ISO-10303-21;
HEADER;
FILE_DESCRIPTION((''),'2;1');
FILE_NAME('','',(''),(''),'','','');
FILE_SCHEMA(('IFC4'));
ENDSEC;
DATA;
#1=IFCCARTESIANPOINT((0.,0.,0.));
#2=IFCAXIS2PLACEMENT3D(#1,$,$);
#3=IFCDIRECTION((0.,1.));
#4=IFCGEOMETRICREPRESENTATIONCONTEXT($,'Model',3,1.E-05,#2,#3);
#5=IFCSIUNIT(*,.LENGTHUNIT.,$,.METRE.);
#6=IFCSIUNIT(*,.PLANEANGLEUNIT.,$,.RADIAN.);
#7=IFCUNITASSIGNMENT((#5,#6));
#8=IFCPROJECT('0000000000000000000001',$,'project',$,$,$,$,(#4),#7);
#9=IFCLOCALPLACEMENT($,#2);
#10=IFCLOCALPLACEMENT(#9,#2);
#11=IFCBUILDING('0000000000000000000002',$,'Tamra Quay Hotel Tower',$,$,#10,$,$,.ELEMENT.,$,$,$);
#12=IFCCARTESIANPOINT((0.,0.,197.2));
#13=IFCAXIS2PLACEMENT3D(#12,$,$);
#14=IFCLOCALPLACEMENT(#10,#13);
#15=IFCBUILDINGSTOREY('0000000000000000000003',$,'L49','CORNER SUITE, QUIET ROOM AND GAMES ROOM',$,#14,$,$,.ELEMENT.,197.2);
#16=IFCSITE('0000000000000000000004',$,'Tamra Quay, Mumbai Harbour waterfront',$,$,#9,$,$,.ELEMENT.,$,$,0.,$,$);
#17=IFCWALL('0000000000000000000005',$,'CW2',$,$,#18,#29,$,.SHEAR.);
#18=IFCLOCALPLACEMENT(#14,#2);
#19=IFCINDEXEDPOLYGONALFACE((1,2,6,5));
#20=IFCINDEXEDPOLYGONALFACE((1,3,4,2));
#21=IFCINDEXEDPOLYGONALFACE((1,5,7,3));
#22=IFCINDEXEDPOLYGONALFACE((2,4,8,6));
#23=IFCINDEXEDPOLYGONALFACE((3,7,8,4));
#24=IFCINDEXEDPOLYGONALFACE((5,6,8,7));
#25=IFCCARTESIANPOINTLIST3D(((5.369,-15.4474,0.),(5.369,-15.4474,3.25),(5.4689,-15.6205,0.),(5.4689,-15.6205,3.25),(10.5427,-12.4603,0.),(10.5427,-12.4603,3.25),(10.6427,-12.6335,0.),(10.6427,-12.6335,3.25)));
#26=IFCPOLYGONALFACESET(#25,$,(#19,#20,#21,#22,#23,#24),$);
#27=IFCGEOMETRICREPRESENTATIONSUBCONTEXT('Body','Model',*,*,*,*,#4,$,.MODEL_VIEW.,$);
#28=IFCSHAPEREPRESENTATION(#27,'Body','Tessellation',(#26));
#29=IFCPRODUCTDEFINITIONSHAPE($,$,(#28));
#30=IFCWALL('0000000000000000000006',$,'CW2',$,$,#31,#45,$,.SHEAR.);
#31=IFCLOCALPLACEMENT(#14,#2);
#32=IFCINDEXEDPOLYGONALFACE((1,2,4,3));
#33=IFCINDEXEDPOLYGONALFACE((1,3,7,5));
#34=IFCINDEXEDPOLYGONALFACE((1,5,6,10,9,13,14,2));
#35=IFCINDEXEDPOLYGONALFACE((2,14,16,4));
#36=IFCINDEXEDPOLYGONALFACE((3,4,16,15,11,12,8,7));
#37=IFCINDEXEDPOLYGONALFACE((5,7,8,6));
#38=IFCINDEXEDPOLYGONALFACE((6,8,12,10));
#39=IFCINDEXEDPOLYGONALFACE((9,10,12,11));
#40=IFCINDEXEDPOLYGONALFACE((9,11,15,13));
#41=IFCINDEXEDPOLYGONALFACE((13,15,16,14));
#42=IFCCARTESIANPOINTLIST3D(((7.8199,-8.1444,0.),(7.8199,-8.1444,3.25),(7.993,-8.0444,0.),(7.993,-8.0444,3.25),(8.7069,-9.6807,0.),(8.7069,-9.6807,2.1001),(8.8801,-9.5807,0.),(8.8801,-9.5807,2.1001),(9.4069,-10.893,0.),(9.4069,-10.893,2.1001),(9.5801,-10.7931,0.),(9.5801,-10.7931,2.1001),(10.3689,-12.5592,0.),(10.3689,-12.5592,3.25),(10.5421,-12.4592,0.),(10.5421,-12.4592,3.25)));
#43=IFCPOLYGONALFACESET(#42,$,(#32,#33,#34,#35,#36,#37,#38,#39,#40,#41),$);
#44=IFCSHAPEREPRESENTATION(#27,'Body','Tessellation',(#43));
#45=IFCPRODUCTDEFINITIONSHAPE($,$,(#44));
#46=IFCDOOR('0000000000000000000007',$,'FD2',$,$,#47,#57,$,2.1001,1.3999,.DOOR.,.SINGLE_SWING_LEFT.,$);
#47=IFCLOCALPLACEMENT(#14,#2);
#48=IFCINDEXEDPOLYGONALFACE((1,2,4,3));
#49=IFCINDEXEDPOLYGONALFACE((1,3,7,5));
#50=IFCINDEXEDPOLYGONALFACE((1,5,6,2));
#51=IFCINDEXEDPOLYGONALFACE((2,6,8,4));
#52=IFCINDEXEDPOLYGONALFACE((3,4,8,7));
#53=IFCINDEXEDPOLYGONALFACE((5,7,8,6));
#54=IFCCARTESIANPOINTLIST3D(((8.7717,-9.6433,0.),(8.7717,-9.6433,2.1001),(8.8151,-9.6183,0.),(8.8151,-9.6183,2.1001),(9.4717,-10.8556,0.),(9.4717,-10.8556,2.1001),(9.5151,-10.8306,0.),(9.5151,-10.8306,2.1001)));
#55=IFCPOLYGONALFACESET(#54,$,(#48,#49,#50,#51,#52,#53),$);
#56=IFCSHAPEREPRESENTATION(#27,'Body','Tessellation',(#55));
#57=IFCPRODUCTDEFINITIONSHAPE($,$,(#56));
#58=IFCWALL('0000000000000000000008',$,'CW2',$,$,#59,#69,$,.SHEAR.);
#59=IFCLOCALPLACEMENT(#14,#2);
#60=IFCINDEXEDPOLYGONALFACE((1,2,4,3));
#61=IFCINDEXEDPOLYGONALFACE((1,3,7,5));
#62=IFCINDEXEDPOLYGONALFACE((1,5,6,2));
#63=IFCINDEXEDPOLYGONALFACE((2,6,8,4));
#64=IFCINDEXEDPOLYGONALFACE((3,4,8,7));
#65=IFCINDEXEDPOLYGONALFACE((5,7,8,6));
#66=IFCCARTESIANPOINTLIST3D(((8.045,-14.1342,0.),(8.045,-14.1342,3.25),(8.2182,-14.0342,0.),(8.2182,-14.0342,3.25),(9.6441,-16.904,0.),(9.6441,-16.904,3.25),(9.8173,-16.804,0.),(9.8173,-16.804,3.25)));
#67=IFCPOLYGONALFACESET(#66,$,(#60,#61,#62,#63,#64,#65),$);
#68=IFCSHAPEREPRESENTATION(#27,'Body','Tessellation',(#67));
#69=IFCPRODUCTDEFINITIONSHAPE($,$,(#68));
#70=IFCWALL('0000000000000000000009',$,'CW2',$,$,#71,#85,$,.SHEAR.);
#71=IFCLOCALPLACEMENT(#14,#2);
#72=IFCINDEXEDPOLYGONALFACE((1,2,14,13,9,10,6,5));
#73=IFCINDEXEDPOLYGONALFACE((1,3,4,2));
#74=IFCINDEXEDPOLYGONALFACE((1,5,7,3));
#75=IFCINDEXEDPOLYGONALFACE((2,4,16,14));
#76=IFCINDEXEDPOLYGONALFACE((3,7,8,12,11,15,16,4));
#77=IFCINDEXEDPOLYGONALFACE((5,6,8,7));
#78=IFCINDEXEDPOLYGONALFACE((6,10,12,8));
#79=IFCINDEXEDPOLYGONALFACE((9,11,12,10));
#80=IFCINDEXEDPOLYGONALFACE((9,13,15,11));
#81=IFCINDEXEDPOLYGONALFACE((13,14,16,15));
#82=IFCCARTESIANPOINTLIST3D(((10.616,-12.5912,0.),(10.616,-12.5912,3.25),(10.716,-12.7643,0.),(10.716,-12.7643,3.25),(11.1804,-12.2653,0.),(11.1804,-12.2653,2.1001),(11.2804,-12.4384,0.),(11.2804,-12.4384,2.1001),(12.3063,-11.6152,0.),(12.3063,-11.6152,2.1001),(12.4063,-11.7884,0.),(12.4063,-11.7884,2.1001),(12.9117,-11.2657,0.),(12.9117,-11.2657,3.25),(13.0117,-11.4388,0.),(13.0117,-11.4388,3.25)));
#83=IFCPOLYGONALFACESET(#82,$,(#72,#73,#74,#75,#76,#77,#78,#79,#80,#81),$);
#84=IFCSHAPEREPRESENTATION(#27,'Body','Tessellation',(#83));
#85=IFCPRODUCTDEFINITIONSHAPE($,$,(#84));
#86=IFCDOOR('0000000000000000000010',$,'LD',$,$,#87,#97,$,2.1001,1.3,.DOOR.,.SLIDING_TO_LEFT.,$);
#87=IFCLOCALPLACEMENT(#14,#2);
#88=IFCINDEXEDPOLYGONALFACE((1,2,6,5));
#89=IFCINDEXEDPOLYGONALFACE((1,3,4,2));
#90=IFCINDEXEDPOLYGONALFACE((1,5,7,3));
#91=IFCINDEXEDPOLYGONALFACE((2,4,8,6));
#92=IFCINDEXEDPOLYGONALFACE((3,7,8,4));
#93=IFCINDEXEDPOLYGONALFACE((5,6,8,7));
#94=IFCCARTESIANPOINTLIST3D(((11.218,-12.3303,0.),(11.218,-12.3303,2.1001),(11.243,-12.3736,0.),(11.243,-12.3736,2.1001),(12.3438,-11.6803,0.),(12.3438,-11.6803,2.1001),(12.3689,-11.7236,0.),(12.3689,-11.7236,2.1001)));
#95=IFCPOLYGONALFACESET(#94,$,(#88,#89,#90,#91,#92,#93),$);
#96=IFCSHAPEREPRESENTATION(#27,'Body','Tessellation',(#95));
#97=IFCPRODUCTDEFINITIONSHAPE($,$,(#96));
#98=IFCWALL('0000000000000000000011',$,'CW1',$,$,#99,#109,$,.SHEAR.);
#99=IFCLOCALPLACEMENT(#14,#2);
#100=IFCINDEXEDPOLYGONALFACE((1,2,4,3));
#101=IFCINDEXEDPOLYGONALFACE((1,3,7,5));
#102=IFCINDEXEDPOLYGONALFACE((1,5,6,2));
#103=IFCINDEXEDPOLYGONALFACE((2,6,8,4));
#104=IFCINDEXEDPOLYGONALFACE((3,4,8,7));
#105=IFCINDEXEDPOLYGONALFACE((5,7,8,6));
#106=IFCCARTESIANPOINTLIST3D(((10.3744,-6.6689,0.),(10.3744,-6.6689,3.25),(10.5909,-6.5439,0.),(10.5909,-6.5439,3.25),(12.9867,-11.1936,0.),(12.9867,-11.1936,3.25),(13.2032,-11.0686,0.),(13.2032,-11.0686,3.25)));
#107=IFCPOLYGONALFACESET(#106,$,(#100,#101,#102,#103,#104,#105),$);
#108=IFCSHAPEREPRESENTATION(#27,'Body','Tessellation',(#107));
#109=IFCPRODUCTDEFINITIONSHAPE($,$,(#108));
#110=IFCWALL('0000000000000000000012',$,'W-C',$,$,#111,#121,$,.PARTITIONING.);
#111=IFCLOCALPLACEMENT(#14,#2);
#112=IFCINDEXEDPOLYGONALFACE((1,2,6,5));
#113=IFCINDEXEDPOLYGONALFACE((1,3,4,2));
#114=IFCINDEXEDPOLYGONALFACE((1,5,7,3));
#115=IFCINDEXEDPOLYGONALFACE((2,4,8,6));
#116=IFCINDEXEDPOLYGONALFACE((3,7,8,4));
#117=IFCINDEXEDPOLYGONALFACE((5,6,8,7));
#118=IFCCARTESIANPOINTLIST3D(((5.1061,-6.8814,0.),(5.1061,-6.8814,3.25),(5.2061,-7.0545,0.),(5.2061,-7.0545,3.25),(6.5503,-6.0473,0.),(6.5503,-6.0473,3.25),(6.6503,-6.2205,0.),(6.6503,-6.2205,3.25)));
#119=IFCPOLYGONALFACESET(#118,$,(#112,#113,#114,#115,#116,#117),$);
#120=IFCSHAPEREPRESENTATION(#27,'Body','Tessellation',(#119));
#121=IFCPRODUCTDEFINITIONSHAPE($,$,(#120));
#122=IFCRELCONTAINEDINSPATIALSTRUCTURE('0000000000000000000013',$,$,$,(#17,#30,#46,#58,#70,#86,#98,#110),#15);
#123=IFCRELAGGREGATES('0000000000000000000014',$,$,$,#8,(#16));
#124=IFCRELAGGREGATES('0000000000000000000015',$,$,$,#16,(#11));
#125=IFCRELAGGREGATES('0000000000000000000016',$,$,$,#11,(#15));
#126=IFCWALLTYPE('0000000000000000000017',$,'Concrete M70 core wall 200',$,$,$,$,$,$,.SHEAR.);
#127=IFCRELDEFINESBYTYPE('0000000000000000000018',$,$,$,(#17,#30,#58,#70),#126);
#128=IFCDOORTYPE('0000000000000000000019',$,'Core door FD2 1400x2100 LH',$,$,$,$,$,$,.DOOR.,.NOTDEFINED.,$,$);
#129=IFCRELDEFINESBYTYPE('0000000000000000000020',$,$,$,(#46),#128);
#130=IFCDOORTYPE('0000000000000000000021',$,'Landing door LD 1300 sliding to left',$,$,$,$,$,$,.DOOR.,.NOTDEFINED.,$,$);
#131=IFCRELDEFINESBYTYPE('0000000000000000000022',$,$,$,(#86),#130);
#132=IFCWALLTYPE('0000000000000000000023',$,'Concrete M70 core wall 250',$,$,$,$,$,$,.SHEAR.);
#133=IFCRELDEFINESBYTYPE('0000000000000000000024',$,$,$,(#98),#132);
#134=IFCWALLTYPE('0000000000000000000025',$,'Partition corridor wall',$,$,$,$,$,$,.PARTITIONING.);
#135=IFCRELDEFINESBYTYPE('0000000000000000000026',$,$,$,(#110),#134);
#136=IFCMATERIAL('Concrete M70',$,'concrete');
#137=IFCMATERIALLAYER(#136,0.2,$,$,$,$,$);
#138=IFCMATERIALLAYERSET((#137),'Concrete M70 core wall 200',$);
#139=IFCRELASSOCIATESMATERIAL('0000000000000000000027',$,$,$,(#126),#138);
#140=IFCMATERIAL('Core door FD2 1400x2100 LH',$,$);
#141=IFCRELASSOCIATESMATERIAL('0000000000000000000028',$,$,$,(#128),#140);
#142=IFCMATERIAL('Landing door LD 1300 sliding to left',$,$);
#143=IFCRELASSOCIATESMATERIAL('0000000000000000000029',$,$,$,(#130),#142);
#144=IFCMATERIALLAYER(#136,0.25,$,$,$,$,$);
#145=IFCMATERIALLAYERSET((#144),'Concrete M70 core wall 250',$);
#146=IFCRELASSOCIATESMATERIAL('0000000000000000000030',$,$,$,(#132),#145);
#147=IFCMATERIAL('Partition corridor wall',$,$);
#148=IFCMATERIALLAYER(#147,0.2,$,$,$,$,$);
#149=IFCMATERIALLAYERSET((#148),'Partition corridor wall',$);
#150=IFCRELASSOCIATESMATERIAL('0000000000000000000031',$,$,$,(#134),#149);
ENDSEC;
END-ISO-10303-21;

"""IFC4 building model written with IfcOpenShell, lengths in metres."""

from ifc_helpers import new_model, si_unit, direction, frame, frame_2d, origin, place, context, subcontext, project, spatial, rectangle, extrude, material, layer, layer_set, type_object, element, fill, save


model = new_model("IFC4")

# Units and contexts
model_context = context("Model", 3, precision=1e-05, world=origin(), true_north=direction((0.0, 1.0)))
body_context = subcontext(model_context, "Body", "Model", "MODEL_VIEW")
ifc_project = project(units=[si_unit("LENGTHUNIT", "METRE"), si_unit("PLANEANGLEUNIT", "RADIAN")], contexts=[model_context])

# Site, building, storey
site_placement = place(None, origin())
site = spatial("IfcSite", under=ifc_project, at=site_placement, Name="Tamra Quay, Mumbai Harbour waterfront", CompositionType="ELEMENT", RefElevation=0.0)
building_placement = place(site_placement, origin())
building = spatial("IfcBuilding", under=site, at=building_placement, Name="Tamra Quay Hotel Tower", CompositionType="ELEMENT")
storey_placement = place(building_placement, frame((0.0, 0.0, 197.2)))
storey = spatial("IfcBuildingStorey", under=building, at=storey_placement, Name="L49", Description="CORNER SUITE, QUIET ROOM AND GAMES ROOM", CompositionType="ELEMENT", Elevation=197.2)

# Wall
ifc_material_1 = material(Name="Concrete M70", Category="concrete")
ifc_layer_1 = layer(ifc_material_1, 0.2)
ifc_layer_set_1 = layer_set([ifc_layer_1], Name="Concrete M70 core wall 200")
wall_type_1 = type_object("IfcWallType", Name="Concrete M70 core wall 200", PredefinedType="SHEAR", material=ifc_layer_set_1)
wall_1_placement = place(storey_placement, frame((5.4189, -15.5339, 0.0), z_axis=(0.0, 0.0, 1.0), x_axis=(0.866029, 0.499994, 0.0)))
element("IfcWall", 1, at=wall_1_placement, inside=storey, type_object=wall_type_1, Name="CW2", PredefinedType="SHEAR", context=body_context, shape_type="SweptSolid", body=[
    extrude(rectangle(XDim=5.9741, YDim=0.2, at=frame_2d((2.9871, 0.0))), origin(), (0.0, 0.0, 1.0), 3.25),
])

# Wall, opening, door
wall_2_placement = place(storey_placement, frame((7.9065, -8.0945, 0.0), z_axis=(0.0, 0.0, 1.0), x_axis=(0.500028, -0.866009, 0.0)))
wall_2 = element("IfcWall", 2, at=wall_2_placement, inside=storey, type_object=wall_type_1, Name="CW2", PredefinedType="SHEAR", context=body_context, shape_type="SweptSolid", body=[
    extrude(rectangle(XDim=5.0979, YDim=0.2, at=frame_2d((2.5488, 0.0))), origin(), (0.0, 0.0, 1.0), 3.25),
])
opening_1_placement = place(wall_2_placement, frame((1.7739, 0.0, 0.0)))
opening_1 = element("IfcOpeningElement", 3, at=opening_1_placement, cuts=wall_2, PredefinedType="OPENING", context=body_context, shape_type="SweptSolid", body=[
    extrude(rectangle(XDim=1.3999, YDim=2.1001, at=frame_2d((0.7, 1.05))), frame((0.0, 0.1099, 0.0), z_axis=(0.0, -1.0, 0.0), x_axis=(1.0, 0.0, 0.0)), (0.0, 0.0, 1.0), 0.22),
])
ifc_material_2 = material(Name="Core door FD2 1400x2100 LH")
door_type_1 = type_object("IfcDoorType", Name="Core door FD2 1400x2100 LH", OperationType="NOTDEFINED", PredefinedType="DOOR", material=ifc_material_2)
door_1_placement = place(opening_1_placement, origin())
door_1 = element("IfcDoor", 4, at=door_1_placement, inside=storey, type_object=door_type_1, Name="FD2", OperationType="SINGLE_SWING_LEFT", OverallHeight=2.1001, OverallWidth=1.3999, PredefinedType="DOOR", context=body_context, shape_type="SweptSolid", body=[
    extrude(rectangle(XDim=1.3999, YDim=2.1001, at=frame_2d((0.7, 1.05))), frame((0.0, 0.0249, 0.0), z_axis=(0.0, -1.0, 0.0), x_axis=(1.0, 0.0, 0.0)), (0.0, 0.0, 1.0), 0.05),
])
fill(opening_1, door_1)

# Wall
wall_3_placement = place(storey_placement, frame((8.1316, -14.0842, 0.0), z_axis=(0.0, 0.0, 1.0), x_axis=(0.499998, -0.866027, 0.0)))
element("IfcWall", 5, at=wall_3_placement, inside=storey, type_object=wall_type_1, Name="CW2", PredefinedType="SHEAR", context=body_context, shape_type="SweptSolid", body=[
    extrude(rectangle(XDim=3.1982, YDim=0.2, at=frame_2d((1.5991, 0.0))), origin(), (0.0, 0.0, 1.0), 3.25),
])

# Wall, opening, door
wall_4_placement = place(storey_placement, frame((10.666, -12.6777, 0.0), z_axis=(0.0, 0.0, 1.0), x_axis=(0.866018, 0.500012, 0.0)))
wall_4 = element("IfcWall", 6, at=wall_4_placement, inside=storey, type_object=wall_type_1, Name="CW2", PredefinedType="SHEAR", context=body_context, shape_type="SweptSolid", body=[
    extrude(rectangle(XDim=2.6509, YDim=0.2, at=frame_2d((1.3254, 0.0))), origin(), (0.0, 0.0, 1.0), 3.25),
])
opening_2_placement = place(wall_4_placement, frame((0.6519, 0.0, 0.0)))
opening_2 = element("IfcOpeningElement", 7, at=opening_2_placement, cuts=wall_4, PredefinedType="OPENING", context=body_context, shape_type="SweptSolid", body=[
    extrude(rectangle(XDim=1.3, YDim=2.1001, at=frame_2d((0.6499, 1.05))), frame((0.0, 0.1099, 0.0), z_axis=(0.0, -1.0, 0.0), x_axis=(1.0, 0.0, 0.0)), (0.0, 0.0, 1.0), 0.22),
])
ifc_material_3 = material(Name="Landing door LD 1300 sliding to left")
door_type_2 = type_object("IfcDoorType", Name="Landing door LD 1300 sliding to left", OperationType="NOTDEFINED", PredefinedType="DOOR", material=ifc_material_3)
door_2_placement = place(opening_2_placement, origin())
door_2 = element("IfcDoor", 8, at=door_2_placement, inside=storey, type_object=door_type_2, Name="LD", OperationType="SLIDING_TO_LEFT", OverallHeight=2.1001, OverallWidth=1.3, PredefinedType="DOOR", context=body_context, shape_type="SweptSolid", body=[
    extrude(rectangle(XDim=1.3, YDim=2.1001, at=frame_2d((0.6499, 1.05))), frame((0.0, 0.0249, 0.0), z_axis=(0.0, -1.0, 0.0), x_axis=(1.0, 0.0, 0.0)), (0.0, 0.0, 1.0), 0.05),
])
fill(opening_2, door_2)

# Walls
ifc_layer_2 = layer(ifc_material_1, 0.25)
ifc_layer_set_2 = layer_set([ifc_layer_2], Name="Concrete M70 core wall 250")
wall_type_2 = type_object("IfcWallType", Name="Concrete M70 core wall 250", PredefinedType="SHEAR", material=ifc_layer_set_2)
wall_5_placement = place(storey_placement, frame((10.4827, -6.6064, 0.0), z_axis=(0.0, 0.0, 1.0), x_axis=(0.499999, -0.866026, 0.0)))
element("IfcWall", 9, at=wall_5_placement, inside=storey, type_object=wall_type_2, Name="CW1", PredefinedType="SHEAR", context=body_context, shape_type="SweptSolid", body=[
    extrude(rectangle(XDim=5.2246, YDim=0.25, at=frame_2d((2.6123, 0.0))), origin(), (0.0, 0.0, 1.0), 3.25),
])
ifc_material_4 = material(Name="Partition corridor wall")
ifc_layer_3 = layer(ifc_material_4, 0.2)
ifc_layer_set_3 = layer_set([ifc_layer_3], Name="Partition corridor wall")
wall_type_3 = type_object("IfcWallType", Name="Partition corridor wall", PredefinedType="PARTITIONING", material=ifc_layer_set_3)
wall_6_placement = place(storey_placement, frame((5.156, -6.968, 0.0), z_axis=(0.0, 0.0, 1.0), x_axis=(0.865964, 0.500107, 0.0)))
element("IfcWall", 10, at=wall_6_placement, inside=storey, type_object=wall_type_3, Name="W-C", PredefinedType="PARTITIONING", context=body_context, shape_type="SweptSolid", body=[
    extrude(rectangle(XDim=1.6677, YDim=0.2, at=frame_2d((0.834, 0.0))), origin(), (0.0, 0.0, 1.0), 3.25),
])

save(model, "model.ifc")
